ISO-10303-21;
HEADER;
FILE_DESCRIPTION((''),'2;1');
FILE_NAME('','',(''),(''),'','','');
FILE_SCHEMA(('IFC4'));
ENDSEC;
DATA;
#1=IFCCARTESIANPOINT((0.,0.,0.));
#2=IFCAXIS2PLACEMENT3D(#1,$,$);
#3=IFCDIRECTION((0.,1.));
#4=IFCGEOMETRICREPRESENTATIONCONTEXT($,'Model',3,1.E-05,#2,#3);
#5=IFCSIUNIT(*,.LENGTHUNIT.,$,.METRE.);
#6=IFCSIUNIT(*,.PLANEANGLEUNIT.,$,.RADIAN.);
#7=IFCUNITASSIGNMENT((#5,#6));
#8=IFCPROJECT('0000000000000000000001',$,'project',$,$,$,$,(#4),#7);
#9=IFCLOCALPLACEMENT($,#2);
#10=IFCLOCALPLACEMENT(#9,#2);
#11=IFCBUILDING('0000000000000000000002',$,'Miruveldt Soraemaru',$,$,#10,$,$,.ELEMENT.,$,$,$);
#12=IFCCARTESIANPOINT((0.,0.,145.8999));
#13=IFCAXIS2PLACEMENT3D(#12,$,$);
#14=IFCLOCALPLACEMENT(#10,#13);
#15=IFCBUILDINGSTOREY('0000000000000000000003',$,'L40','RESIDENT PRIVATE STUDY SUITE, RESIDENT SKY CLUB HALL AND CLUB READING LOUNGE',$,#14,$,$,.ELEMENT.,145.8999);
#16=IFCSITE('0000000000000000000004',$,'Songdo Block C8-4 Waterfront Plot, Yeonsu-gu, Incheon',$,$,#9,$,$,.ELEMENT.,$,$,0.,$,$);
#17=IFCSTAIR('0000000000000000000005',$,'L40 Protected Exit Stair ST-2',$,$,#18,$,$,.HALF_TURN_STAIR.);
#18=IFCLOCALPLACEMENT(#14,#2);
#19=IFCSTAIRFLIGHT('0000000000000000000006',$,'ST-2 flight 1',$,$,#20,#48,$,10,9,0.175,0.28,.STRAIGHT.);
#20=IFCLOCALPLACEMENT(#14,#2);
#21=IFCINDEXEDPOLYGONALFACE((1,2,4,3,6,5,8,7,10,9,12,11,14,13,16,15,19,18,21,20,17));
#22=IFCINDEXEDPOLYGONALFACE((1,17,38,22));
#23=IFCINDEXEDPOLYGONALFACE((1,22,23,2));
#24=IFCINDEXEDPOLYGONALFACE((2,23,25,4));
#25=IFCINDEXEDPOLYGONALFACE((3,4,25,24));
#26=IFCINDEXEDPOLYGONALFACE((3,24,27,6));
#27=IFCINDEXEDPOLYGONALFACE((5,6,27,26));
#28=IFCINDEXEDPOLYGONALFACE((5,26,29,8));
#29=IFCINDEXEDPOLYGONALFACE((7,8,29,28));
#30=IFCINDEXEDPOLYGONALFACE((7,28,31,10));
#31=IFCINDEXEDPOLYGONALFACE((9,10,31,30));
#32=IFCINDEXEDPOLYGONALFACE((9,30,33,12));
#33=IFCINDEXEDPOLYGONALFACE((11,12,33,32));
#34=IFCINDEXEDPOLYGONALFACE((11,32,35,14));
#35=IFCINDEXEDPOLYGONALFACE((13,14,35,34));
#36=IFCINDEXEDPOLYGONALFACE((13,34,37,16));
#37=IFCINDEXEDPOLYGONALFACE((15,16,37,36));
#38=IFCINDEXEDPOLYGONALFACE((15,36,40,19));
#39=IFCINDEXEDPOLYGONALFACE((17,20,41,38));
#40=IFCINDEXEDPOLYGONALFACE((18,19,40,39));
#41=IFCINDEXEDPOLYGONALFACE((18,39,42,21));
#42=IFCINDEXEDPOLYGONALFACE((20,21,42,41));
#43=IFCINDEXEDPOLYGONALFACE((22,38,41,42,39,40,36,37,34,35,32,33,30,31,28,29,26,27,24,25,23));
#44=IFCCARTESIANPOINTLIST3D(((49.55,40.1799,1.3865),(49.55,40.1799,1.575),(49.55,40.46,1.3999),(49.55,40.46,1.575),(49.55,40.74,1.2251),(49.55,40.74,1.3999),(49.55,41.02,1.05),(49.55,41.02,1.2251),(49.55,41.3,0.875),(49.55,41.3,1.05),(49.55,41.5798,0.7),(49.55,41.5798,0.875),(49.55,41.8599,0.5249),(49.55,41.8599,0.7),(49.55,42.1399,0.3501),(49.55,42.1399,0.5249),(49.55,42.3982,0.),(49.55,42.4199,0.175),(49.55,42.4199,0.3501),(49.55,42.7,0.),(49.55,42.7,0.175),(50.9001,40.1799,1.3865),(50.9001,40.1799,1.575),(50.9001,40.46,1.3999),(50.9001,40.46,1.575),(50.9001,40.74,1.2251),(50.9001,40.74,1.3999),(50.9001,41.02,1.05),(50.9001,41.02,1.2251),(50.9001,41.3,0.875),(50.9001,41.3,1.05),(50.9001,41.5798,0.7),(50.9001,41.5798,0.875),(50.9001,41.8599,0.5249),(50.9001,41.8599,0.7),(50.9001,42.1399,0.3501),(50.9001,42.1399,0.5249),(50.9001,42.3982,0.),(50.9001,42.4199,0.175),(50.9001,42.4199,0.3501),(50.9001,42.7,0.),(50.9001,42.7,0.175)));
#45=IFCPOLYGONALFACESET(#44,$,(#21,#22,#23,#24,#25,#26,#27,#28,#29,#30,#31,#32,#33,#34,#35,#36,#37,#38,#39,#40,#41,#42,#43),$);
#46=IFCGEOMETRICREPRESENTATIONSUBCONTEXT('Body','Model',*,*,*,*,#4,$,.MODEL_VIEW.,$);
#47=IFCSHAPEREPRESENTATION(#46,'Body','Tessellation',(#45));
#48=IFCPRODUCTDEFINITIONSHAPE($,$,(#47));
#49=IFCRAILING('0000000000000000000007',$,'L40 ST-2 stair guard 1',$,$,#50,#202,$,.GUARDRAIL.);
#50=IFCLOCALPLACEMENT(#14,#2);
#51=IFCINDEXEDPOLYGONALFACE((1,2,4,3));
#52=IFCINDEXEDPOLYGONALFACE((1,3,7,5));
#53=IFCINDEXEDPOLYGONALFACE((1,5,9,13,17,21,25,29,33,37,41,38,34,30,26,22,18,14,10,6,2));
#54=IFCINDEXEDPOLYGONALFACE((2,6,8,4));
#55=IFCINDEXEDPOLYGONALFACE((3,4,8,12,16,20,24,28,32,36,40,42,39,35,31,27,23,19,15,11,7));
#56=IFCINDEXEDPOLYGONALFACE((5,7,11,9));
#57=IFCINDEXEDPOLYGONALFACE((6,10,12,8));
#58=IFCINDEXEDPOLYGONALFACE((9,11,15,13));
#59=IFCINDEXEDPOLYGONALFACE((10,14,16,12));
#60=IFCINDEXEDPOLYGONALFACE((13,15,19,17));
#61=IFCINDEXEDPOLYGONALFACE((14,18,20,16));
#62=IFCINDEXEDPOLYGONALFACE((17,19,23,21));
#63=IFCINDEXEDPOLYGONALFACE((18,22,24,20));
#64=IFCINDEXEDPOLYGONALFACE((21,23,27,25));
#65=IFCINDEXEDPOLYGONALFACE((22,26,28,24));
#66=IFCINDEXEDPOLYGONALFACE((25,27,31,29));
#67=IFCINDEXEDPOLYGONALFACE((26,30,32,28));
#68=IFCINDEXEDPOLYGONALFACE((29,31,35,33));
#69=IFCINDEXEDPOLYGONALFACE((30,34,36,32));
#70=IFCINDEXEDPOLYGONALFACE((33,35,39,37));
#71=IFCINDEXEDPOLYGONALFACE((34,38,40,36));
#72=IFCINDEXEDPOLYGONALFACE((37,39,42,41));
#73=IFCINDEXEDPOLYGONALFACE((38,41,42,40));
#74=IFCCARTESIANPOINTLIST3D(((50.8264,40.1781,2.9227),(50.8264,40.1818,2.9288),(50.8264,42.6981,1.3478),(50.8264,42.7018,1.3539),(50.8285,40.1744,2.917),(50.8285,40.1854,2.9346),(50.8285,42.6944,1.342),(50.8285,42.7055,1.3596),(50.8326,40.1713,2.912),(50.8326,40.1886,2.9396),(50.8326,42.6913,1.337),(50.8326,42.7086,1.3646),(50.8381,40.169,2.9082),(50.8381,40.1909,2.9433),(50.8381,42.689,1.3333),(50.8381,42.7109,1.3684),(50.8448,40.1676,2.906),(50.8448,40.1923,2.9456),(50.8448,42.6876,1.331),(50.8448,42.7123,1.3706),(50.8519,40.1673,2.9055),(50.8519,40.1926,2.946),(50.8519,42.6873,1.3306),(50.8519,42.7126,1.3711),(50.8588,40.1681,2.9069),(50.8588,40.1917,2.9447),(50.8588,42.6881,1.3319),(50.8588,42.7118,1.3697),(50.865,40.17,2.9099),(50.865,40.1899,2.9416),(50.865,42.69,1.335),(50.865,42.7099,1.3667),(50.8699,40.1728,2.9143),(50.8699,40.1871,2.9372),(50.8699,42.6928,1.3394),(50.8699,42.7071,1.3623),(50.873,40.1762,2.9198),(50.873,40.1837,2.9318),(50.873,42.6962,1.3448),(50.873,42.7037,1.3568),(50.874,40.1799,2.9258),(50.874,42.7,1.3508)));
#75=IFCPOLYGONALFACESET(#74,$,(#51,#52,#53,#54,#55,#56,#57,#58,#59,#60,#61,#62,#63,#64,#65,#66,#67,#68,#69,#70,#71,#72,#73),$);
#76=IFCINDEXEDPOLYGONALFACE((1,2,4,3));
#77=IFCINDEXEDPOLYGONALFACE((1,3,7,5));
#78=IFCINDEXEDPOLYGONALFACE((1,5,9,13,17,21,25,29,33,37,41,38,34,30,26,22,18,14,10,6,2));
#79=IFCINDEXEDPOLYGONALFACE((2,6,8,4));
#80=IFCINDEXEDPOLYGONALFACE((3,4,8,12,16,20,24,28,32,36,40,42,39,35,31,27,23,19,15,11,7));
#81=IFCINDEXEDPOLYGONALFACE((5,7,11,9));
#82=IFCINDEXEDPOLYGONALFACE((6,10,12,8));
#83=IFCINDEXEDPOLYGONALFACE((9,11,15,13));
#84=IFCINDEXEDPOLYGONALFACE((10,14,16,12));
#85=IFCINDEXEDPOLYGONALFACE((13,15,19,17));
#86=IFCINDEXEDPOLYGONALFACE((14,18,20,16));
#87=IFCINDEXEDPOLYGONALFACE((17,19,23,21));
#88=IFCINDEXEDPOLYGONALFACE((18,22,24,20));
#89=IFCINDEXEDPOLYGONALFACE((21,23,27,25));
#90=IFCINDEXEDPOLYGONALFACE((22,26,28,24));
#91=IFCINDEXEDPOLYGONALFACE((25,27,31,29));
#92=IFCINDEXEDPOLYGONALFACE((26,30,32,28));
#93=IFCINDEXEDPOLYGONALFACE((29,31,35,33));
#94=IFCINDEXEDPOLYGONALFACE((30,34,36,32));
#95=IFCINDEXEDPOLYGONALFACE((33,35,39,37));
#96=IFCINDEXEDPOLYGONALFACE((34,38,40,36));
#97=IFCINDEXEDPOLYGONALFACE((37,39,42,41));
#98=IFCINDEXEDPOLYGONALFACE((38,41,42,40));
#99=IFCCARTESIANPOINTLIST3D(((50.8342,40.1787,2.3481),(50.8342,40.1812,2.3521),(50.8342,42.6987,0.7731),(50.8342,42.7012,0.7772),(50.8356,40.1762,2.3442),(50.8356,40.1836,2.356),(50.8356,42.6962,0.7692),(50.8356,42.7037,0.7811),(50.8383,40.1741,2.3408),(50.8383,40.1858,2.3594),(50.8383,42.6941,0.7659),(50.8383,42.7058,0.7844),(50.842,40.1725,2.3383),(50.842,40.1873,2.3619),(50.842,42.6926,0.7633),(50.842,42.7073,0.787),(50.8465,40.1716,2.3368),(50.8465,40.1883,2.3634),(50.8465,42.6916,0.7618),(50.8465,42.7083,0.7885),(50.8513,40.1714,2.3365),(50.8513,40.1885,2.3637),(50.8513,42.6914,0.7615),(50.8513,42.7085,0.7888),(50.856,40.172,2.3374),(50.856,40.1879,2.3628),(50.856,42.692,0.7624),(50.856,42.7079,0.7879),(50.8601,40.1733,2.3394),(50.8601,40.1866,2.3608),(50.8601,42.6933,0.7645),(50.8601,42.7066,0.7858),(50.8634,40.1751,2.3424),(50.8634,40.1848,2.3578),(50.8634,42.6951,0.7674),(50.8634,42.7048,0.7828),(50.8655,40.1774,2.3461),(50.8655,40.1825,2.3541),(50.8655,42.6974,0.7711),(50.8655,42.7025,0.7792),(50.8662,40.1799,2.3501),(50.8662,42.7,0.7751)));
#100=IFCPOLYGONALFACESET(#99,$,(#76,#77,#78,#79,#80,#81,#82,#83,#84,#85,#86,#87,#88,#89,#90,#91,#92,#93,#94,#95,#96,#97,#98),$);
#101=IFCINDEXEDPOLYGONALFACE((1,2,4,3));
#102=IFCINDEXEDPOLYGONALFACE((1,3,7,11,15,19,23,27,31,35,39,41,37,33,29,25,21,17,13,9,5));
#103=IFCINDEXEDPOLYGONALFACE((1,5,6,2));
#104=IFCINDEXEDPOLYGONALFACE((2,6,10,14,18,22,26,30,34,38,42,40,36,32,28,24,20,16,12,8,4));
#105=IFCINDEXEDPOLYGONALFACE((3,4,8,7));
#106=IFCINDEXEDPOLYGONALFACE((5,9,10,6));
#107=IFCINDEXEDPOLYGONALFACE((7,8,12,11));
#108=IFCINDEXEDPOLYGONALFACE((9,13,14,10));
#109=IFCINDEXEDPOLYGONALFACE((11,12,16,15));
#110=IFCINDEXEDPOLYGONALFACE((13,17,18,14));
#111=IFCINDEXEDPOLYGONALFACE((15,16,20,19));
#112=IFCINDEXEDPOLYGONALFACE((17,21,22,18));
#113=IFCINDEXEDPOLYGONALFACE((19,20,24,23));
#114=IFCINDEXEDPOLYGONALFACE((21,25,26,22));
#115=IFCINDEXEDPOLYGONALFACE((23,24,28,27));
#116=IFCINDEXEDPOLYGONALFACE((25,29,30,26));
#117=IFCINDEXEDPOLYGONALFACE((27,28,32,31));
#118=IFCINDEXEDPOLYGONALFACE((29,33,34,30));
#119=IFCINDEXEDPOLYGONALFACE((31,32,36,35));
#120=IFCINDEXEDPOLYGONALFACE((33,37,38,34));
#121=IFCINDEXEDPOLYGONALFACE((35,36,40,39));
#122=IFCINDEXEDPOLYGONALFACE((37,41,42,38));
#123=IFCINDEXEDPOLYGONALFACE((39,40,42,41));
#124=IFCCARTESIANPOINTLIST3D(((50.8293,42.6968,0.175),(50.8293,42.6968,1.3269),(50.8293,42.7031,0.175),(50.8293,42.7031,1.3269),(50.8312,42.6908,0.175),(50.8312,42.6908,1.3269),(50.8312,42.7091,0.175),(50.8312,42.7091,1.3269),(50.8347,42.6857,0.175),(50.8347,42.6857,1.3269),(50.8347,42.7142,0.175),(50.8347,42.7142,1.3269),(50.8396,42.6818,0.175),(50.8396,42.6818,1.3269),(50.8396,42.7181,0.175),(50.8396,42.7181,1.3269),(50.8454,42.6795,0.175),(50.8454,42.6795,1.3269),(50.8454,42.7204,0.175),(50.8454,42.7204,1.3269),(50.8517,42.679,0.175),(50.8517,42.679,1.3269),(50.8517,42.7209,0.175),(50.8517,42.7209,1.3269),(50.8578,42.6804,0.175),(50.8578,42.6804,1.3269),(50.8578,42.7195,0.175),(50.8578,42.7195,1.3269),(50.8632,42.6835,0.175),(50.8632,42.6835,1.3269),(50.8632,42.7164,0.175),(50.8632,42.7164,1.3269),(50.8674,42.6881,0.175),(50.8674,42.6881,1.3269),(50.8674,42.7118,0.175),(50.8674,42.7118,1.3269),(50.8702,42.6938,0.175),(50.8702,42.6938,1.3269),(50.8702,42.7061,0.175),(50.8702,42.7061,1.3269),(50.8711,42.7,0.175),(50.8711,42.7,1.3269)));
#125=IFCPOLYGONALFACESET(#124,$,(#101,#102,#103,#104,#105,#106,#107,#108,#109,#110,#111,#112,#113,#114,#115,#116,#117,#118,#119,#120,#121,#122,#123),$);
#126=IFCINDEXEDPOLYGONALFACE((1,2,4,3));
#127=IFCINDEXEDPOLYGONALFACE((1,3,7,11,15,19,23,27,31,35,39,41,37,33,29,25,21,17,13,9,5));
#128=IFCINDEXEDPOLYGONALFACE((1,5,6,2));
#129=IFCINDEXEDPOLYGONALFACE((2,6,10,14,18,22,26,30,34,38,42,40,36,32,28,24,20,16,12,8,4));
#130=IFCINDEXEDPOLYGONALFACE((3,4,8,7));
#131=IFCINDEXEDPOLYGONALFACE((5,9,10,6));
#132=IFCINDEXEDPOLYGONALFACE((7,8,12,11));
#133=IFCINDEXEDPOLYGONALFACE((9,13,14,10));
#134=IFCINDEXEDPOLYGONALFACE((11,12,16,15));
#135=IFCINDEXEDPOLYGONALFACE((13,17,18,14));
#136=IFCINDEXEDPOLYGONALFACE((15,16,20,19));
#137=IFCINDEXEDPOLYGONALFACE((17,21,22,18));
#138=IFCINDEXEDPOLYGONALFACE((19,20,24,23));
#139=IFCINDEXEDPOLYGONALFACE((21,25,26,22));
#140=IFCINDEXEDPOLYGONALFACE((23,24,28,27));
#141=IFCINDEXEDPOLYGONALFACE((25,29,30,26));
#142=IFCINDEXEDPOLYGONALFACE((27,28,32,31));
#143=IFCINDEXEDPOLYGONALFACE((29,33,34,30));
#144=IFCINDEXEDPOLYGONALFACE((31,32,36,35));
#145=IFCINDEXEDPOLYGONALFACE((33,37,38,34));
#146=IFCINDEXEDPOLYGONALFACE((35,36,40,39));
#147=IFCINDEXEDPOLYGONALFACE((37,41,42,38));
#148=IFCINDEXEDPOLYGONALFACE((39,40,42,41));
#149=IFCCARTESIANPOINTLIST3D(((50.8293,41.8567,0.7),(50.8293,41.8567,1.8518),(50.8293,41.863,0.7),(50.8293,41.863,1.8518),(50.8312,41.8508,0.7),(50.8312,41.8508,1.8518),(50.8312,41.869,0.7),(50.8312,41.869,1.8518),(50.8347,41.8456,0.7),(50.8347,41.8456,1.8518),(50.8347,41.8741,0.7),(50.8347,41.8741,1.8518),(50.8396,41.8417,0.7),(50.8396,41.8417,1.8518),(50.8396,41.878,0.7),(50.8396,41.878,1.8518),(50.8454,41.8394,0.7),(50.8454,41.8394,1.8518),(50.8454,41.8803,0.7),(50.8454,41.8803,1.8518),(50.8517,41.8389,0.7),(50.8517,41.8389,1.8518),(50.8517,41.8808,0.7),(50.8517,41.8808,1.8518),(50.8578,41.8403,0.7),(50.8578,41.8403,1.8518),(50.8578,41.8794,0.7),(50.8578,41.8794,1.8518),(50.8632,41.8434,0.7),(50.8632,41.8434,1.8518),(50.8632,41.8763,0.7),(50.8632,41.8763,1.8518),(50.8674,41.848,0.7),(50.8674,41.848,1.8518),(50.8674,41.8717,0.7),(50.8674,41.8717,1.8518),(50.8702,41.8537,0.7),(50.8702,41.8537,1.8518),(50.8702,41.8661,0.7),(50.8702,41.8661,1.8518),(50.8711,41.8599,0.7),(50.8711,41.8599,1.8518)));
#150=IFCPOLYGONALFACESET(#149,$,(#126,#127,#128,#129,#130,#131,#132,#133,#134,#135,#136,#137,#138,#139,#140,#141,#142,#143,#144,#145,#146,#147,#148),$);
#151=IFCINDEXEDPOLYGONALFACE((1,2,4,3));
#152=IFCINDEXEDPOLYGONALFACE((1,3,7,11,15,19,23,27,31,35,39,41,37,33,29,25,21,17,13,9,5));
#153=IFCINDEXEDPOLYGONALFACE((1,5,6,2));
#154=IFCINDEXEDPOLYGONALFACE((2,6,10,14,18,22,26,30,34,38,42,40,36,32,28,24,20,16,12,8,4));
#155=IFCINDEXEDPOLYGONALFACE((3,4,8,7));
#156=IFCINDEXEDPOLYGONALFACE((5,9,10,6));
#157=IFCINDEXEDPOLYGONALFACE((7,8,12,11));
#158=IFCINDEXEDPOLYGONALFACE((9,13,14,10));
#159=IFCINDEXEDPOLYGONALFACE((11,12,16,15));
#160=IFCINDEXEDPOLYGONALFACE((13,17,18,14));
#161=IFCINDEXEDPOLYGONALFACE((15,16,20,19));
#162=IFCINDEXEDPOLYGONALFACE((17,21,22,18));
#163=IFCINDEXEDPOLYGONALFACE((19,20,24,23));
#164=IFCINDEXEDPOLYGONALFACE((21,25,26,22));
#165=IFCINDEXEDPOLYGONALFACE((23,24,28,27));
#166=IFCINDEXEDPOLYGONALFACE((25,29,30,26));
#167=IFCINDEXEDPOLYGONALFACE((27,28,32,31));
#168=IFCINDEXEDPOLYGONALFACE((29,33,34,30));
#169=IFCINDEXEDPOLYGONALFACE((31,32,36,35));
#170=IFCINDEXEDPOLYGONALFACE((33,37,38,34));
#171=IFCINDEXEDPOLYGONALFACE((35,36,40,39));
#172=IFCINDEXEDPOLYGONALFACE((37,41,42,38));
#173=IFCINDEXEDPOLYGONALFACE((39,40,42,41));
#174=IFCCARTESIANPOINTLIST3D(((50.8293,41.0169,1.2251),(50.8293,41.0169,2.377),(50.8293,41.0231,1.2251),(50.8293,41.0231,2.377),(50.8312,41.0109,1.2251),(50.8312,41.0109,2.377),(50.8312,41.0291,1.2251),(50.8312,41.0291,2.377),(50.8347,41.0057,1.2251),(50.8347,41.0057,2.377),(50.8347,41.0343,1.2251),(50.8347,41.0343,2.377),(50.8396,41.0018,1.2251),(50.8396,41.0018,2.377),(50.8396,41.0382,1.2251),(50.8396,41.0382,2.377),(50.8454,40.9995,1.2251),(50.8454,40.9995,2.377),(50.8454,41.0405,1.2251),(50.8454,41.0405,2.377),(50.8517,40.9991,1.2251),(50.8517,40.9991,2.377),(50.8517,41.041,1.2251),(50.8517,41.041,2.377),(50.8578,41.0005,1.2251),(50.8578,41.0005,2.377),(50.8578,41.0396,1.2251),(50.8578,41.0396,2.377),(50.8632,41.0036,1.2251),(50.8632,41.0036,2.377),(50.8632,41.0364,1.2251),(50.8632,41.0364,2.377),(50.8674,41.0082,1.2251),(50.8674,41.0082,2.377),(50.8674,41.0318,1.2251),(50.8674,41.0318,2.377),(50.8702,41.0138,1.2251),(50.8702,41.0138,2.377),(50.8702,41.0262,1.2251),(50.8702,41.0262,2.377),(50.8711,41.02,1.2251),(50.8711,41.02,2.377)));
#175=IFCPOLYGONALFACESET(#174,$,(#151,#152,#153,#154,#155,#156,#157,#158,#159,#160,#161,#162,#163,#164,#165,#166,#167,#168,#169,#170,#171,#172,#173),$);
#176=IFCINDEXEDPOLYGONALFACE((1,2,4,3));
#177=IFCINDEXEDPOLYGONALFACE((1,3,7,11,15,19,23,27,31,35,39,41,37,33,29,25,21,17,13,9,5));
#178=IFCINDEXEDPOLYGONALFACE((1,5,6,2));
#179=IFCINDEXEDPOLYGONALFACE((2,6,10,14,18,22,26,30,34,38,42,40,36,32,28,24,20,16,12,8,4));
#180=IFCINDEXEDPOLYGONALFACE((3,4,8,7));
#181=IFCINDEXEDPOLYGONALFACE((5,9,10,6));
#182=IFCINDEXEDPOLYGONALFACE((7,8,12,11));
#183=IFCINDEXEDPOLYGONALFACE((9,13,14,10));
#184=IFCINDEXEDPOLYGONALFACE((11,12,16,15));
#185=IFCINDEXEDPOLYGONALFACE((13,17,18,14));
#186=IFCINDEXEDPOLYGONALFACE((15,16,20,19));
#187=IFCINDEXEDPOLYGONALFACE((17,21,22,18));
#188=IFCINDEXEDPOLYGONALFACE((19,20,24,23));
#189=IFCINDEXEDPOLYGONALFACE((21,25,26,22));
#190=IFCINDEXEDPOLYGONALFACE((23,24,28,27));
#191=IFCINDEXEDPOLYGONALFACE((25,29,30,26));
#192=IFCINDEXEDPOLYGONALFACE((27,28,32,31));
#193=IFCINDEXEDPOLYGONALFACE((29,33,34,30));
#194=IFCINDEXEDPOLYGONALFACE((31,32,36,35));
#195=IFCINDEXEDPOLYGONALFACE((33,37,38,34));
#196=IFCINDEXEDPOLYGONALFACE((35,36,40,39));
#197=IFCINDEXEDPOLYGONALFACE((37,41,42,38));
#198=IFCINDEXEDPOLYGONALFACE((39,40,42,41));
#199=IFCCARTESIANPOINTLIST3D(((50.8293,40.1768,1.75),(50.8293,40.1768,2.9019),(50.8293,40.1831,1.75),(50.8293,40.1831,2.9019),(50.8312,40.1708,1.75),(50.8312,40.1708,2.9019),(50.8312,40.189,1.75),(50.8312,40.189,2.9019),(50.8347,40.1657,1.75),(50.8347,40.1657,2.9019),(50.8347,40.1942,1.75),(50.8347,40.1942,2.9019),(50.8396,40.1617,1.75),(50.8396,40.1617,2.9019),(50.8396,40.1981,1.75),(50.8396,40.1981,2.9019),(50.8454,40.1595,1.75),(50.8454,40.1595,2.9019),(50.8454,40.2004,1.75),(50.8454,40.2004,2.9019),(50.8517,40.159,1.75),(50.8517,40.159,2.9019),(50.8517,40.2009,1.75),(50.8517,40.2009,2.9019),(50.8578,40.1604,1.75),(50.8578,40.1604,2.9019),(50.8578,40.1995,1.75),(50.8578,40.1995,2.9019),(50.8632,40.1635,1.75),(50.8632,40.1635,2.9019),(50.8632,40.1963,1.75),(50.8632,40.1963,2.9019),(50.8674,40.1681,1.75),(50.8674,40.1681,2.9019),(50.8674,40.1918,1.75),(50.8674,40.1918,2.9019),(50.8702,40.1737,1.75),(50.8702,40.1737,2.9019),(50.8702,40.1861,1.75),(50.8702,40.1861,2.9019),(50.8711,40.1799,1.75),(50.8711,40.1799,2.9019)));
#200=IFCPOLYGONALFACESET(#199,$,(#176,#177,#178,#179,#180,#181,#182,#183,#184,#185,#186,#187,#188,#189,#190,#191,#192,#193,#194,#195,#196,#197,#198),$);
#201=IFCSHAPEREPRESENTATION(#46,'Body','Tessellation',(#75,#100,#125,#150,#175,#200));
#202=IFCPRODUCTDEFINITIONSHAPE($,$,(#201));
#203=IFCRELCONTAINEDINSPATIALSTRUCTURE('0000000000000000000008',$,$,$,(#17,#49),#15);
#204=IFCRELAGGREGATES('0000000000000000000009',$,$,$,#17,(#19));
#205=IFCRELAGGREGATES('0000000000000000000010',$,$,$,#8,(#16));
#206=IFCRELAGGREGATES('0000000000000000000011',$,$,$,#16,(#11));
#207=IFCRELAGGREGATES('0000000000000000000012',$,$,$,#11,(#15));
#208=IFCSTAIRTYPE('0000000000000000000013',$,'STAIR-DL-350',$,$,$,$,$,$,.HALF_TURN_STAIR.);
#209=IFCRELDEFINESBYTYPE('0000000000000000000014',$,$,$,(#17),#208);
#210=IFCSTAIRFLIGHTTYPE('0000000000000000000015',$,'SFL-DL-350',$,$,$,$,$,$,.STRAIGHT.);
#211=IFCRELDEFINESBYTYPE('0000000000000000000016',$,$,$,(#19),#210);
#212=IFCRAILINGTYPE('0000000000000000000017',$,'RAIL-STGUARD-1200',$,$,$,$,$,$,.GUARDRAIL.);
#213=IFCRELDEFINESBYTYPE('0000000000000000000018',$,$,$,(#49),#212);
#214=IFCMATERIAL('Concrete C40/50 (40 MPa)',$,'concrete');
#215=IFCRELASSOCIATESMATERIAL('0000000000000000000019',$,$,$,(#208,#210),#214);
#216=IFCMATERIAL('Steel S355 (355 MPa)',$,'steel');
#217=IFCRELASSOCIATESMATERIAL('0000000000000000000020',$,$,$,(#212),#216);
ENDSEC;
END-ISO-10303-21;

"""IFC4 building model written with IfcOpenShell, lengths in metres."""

from ifc_helpers import new_model, si_unit, direction, frame, origin, origin_2d, place, context, subcontext, project, spatial, polyline, circle, outline, extrude, material, type_object, element, aggregate, save


model = new_model("IFC4")

# Units and contexts
model_context = context("Model", 3, precision=1e-05, world=origin(), true_north=direction((0.0, 1.0)))
body_context = subcontext(model_context, "Body", "Model", "MODEL_VIEW")
ifc_project = project(units=[si_unit("LENGTHUNIT", "METRE"), si_unit("PLANEANGLEUNIT", "RADIAN")], contexts=[model_context])

# Site, building, storey
site_placement = place(None, origin())
site = spatial("IfcSite", under=ifc_project, at=site_placement, Name="Songdo Block C8-4 Waterfront Plot, Yeonsu-gu, Incheon", CompositionType="ELEMENT", RefElevation=0.0)
building_placement = place(site_placement, origin())
building = spatial("IfcBuilding", under=site, at=building_placement, Name="Miruveldt Soraemaru", CompositionType="ELEMENT")
storey_placement = place(building_placement, frame((0.0, 0.0, 145.8999)))
storey = spatial("IfcBuildingStorey", under=building, at=storey_placement, Name="L40", Description="RESIDENT PRIVATE STUDY SUITE, RESIDENT SKY CLUB HALL AND CLUB READING LOUNGE", CompositionType="ELEMENT", Elevation=145.8999)

# Shared definitions
ifc_material_1 = material(Name="Concrete C40/50 (40 MPa)", Category="concrete")

# Stair, stair flight
stair_type = type_object("IfcStairType", Name="STAIR-DL-350", PredefinedType="HALF_TURN_STAIR", material=ifc_material_1)
stair_placement = place(storey_placement, origin())
stair = element("IfcStair", 1, at=stair_placement, inside=storey, type_object=stair_type, Name="L40 Protected Exit Stair ST-2", PredefinedType="HALF_TURN_STAIR")
stair_flight_type = type_object("IfcStairFlightType", Name="SFL-DL-350", PredefinedType="STRAIGHT", material=ifc_material_1)
stair_flight_placement = place(storey_placement, frame((50.2251, 42.7, 0.0), z_axis=(0.0, 0.0, 1.0), x_axis=(0.0, -1.0, 0.0)))
stair_flight = element("IfcStairFlight", 2, at=stair_flight_placement, type_object=stair_flight_type, Name="ST-2 flight 1", NumberOfRisers=10, NumberOfTreads=9, PredefinedType="STRAIGHT", RiserHeight=0.175, TreadLength=0.28, context=body_context, shape_type="SweptSolid", body=[
    extrude(outline(polyline([(0.0, 0.0), (0.0, 0.175), (0.28, 0.175), (0.28, 0.3501), (0.5601, 0.3501), (0.5601, 0.5249), (0.8401, 0.5249), (0.8401, 0.7), (1.1201, 0.7), (1.1201, 0.875), (1.3999, 0.875), (1.3999, 1.05), (1.6799, 1.05), (1.6799, 1.2251), (1.96, 1.2251), (1.96, 1.3999), (2.24, 1.3999), (2.24, 1.575), (2.52, 1.575), (2.52, 1.75), (2.52, 1.3865), (0.3018, 0.0), (0.0, 0.0)])), frame((0.0, 0.675, 0.0), z_axis=(0.0, -1.0, 0.0), x_axis=(1.0, 0.0, 0.0)), (0.0, 0.0, 1.0), 1.3501),
])
aggregate(stair, [stair_flight])

# Railing
ifc_material_2 = material(Name="Steel S355 (355 MPa)", Category="steel")
railing_type_1 = type_object("IfcRailingType", Name="RAIL-STGUARD-1200", PredefinedType="GUARDRAIL", material=ifc_material_2)
railing_1_placement = place(storey_placement, frame((50.8501, 42.7, 0.175)))
element("IfcRailing", 3, at=railing_1_placement, inside=storey, type_object=railing_type_1, Name="L40 ST-2 stair guard 1", PredefinedType="GUARDRAIL", context=body_context, shape_type="SweptSolid", body=[
    extrude(circle(Radius=0.0239, at=origin_2d()), frame((0.0, 0.0, 1.1758), z_axis=(0.0, -0.848008, 0.529984), x_axis=(1.0, 0.0, 0.0)), (0.0, 0.0, 1.0), 2.9717),
    extrude(circle(Radius=0.0161, at=origin_2d()), frame((0.0, 0.0, 0.6001), z_axis=(0.0, -0.848008, 0.529984), x_axis=(1.0, 0.0, 0.0)), (0.0, 0.0, 1.0), 2.9717),
    extrude(circle(Radius=0.021, at=origin_2d()), origin(), (0.0, 0.0, 1.0), 1.1519),
    extrude(circle(Radius=0.021, at=origin_2d()), frame((0.0, -0.8401, 0.5249)), (0.0, 0.0, 1.0), 1.1519),
    extrude(circle(Radius=0.021, at=origin_2d()), frame((0.0, -1.6799, 1.05)), (0.0, 0.0, 1.0), 1.1519),
    extrude(circle(Radius=0.021, at=origin_2d()), frame((0.0, -2.52, 1.575)), (0.0, 0.0, 1.0), 1.1519),
])

save(model, "model.ifc")
